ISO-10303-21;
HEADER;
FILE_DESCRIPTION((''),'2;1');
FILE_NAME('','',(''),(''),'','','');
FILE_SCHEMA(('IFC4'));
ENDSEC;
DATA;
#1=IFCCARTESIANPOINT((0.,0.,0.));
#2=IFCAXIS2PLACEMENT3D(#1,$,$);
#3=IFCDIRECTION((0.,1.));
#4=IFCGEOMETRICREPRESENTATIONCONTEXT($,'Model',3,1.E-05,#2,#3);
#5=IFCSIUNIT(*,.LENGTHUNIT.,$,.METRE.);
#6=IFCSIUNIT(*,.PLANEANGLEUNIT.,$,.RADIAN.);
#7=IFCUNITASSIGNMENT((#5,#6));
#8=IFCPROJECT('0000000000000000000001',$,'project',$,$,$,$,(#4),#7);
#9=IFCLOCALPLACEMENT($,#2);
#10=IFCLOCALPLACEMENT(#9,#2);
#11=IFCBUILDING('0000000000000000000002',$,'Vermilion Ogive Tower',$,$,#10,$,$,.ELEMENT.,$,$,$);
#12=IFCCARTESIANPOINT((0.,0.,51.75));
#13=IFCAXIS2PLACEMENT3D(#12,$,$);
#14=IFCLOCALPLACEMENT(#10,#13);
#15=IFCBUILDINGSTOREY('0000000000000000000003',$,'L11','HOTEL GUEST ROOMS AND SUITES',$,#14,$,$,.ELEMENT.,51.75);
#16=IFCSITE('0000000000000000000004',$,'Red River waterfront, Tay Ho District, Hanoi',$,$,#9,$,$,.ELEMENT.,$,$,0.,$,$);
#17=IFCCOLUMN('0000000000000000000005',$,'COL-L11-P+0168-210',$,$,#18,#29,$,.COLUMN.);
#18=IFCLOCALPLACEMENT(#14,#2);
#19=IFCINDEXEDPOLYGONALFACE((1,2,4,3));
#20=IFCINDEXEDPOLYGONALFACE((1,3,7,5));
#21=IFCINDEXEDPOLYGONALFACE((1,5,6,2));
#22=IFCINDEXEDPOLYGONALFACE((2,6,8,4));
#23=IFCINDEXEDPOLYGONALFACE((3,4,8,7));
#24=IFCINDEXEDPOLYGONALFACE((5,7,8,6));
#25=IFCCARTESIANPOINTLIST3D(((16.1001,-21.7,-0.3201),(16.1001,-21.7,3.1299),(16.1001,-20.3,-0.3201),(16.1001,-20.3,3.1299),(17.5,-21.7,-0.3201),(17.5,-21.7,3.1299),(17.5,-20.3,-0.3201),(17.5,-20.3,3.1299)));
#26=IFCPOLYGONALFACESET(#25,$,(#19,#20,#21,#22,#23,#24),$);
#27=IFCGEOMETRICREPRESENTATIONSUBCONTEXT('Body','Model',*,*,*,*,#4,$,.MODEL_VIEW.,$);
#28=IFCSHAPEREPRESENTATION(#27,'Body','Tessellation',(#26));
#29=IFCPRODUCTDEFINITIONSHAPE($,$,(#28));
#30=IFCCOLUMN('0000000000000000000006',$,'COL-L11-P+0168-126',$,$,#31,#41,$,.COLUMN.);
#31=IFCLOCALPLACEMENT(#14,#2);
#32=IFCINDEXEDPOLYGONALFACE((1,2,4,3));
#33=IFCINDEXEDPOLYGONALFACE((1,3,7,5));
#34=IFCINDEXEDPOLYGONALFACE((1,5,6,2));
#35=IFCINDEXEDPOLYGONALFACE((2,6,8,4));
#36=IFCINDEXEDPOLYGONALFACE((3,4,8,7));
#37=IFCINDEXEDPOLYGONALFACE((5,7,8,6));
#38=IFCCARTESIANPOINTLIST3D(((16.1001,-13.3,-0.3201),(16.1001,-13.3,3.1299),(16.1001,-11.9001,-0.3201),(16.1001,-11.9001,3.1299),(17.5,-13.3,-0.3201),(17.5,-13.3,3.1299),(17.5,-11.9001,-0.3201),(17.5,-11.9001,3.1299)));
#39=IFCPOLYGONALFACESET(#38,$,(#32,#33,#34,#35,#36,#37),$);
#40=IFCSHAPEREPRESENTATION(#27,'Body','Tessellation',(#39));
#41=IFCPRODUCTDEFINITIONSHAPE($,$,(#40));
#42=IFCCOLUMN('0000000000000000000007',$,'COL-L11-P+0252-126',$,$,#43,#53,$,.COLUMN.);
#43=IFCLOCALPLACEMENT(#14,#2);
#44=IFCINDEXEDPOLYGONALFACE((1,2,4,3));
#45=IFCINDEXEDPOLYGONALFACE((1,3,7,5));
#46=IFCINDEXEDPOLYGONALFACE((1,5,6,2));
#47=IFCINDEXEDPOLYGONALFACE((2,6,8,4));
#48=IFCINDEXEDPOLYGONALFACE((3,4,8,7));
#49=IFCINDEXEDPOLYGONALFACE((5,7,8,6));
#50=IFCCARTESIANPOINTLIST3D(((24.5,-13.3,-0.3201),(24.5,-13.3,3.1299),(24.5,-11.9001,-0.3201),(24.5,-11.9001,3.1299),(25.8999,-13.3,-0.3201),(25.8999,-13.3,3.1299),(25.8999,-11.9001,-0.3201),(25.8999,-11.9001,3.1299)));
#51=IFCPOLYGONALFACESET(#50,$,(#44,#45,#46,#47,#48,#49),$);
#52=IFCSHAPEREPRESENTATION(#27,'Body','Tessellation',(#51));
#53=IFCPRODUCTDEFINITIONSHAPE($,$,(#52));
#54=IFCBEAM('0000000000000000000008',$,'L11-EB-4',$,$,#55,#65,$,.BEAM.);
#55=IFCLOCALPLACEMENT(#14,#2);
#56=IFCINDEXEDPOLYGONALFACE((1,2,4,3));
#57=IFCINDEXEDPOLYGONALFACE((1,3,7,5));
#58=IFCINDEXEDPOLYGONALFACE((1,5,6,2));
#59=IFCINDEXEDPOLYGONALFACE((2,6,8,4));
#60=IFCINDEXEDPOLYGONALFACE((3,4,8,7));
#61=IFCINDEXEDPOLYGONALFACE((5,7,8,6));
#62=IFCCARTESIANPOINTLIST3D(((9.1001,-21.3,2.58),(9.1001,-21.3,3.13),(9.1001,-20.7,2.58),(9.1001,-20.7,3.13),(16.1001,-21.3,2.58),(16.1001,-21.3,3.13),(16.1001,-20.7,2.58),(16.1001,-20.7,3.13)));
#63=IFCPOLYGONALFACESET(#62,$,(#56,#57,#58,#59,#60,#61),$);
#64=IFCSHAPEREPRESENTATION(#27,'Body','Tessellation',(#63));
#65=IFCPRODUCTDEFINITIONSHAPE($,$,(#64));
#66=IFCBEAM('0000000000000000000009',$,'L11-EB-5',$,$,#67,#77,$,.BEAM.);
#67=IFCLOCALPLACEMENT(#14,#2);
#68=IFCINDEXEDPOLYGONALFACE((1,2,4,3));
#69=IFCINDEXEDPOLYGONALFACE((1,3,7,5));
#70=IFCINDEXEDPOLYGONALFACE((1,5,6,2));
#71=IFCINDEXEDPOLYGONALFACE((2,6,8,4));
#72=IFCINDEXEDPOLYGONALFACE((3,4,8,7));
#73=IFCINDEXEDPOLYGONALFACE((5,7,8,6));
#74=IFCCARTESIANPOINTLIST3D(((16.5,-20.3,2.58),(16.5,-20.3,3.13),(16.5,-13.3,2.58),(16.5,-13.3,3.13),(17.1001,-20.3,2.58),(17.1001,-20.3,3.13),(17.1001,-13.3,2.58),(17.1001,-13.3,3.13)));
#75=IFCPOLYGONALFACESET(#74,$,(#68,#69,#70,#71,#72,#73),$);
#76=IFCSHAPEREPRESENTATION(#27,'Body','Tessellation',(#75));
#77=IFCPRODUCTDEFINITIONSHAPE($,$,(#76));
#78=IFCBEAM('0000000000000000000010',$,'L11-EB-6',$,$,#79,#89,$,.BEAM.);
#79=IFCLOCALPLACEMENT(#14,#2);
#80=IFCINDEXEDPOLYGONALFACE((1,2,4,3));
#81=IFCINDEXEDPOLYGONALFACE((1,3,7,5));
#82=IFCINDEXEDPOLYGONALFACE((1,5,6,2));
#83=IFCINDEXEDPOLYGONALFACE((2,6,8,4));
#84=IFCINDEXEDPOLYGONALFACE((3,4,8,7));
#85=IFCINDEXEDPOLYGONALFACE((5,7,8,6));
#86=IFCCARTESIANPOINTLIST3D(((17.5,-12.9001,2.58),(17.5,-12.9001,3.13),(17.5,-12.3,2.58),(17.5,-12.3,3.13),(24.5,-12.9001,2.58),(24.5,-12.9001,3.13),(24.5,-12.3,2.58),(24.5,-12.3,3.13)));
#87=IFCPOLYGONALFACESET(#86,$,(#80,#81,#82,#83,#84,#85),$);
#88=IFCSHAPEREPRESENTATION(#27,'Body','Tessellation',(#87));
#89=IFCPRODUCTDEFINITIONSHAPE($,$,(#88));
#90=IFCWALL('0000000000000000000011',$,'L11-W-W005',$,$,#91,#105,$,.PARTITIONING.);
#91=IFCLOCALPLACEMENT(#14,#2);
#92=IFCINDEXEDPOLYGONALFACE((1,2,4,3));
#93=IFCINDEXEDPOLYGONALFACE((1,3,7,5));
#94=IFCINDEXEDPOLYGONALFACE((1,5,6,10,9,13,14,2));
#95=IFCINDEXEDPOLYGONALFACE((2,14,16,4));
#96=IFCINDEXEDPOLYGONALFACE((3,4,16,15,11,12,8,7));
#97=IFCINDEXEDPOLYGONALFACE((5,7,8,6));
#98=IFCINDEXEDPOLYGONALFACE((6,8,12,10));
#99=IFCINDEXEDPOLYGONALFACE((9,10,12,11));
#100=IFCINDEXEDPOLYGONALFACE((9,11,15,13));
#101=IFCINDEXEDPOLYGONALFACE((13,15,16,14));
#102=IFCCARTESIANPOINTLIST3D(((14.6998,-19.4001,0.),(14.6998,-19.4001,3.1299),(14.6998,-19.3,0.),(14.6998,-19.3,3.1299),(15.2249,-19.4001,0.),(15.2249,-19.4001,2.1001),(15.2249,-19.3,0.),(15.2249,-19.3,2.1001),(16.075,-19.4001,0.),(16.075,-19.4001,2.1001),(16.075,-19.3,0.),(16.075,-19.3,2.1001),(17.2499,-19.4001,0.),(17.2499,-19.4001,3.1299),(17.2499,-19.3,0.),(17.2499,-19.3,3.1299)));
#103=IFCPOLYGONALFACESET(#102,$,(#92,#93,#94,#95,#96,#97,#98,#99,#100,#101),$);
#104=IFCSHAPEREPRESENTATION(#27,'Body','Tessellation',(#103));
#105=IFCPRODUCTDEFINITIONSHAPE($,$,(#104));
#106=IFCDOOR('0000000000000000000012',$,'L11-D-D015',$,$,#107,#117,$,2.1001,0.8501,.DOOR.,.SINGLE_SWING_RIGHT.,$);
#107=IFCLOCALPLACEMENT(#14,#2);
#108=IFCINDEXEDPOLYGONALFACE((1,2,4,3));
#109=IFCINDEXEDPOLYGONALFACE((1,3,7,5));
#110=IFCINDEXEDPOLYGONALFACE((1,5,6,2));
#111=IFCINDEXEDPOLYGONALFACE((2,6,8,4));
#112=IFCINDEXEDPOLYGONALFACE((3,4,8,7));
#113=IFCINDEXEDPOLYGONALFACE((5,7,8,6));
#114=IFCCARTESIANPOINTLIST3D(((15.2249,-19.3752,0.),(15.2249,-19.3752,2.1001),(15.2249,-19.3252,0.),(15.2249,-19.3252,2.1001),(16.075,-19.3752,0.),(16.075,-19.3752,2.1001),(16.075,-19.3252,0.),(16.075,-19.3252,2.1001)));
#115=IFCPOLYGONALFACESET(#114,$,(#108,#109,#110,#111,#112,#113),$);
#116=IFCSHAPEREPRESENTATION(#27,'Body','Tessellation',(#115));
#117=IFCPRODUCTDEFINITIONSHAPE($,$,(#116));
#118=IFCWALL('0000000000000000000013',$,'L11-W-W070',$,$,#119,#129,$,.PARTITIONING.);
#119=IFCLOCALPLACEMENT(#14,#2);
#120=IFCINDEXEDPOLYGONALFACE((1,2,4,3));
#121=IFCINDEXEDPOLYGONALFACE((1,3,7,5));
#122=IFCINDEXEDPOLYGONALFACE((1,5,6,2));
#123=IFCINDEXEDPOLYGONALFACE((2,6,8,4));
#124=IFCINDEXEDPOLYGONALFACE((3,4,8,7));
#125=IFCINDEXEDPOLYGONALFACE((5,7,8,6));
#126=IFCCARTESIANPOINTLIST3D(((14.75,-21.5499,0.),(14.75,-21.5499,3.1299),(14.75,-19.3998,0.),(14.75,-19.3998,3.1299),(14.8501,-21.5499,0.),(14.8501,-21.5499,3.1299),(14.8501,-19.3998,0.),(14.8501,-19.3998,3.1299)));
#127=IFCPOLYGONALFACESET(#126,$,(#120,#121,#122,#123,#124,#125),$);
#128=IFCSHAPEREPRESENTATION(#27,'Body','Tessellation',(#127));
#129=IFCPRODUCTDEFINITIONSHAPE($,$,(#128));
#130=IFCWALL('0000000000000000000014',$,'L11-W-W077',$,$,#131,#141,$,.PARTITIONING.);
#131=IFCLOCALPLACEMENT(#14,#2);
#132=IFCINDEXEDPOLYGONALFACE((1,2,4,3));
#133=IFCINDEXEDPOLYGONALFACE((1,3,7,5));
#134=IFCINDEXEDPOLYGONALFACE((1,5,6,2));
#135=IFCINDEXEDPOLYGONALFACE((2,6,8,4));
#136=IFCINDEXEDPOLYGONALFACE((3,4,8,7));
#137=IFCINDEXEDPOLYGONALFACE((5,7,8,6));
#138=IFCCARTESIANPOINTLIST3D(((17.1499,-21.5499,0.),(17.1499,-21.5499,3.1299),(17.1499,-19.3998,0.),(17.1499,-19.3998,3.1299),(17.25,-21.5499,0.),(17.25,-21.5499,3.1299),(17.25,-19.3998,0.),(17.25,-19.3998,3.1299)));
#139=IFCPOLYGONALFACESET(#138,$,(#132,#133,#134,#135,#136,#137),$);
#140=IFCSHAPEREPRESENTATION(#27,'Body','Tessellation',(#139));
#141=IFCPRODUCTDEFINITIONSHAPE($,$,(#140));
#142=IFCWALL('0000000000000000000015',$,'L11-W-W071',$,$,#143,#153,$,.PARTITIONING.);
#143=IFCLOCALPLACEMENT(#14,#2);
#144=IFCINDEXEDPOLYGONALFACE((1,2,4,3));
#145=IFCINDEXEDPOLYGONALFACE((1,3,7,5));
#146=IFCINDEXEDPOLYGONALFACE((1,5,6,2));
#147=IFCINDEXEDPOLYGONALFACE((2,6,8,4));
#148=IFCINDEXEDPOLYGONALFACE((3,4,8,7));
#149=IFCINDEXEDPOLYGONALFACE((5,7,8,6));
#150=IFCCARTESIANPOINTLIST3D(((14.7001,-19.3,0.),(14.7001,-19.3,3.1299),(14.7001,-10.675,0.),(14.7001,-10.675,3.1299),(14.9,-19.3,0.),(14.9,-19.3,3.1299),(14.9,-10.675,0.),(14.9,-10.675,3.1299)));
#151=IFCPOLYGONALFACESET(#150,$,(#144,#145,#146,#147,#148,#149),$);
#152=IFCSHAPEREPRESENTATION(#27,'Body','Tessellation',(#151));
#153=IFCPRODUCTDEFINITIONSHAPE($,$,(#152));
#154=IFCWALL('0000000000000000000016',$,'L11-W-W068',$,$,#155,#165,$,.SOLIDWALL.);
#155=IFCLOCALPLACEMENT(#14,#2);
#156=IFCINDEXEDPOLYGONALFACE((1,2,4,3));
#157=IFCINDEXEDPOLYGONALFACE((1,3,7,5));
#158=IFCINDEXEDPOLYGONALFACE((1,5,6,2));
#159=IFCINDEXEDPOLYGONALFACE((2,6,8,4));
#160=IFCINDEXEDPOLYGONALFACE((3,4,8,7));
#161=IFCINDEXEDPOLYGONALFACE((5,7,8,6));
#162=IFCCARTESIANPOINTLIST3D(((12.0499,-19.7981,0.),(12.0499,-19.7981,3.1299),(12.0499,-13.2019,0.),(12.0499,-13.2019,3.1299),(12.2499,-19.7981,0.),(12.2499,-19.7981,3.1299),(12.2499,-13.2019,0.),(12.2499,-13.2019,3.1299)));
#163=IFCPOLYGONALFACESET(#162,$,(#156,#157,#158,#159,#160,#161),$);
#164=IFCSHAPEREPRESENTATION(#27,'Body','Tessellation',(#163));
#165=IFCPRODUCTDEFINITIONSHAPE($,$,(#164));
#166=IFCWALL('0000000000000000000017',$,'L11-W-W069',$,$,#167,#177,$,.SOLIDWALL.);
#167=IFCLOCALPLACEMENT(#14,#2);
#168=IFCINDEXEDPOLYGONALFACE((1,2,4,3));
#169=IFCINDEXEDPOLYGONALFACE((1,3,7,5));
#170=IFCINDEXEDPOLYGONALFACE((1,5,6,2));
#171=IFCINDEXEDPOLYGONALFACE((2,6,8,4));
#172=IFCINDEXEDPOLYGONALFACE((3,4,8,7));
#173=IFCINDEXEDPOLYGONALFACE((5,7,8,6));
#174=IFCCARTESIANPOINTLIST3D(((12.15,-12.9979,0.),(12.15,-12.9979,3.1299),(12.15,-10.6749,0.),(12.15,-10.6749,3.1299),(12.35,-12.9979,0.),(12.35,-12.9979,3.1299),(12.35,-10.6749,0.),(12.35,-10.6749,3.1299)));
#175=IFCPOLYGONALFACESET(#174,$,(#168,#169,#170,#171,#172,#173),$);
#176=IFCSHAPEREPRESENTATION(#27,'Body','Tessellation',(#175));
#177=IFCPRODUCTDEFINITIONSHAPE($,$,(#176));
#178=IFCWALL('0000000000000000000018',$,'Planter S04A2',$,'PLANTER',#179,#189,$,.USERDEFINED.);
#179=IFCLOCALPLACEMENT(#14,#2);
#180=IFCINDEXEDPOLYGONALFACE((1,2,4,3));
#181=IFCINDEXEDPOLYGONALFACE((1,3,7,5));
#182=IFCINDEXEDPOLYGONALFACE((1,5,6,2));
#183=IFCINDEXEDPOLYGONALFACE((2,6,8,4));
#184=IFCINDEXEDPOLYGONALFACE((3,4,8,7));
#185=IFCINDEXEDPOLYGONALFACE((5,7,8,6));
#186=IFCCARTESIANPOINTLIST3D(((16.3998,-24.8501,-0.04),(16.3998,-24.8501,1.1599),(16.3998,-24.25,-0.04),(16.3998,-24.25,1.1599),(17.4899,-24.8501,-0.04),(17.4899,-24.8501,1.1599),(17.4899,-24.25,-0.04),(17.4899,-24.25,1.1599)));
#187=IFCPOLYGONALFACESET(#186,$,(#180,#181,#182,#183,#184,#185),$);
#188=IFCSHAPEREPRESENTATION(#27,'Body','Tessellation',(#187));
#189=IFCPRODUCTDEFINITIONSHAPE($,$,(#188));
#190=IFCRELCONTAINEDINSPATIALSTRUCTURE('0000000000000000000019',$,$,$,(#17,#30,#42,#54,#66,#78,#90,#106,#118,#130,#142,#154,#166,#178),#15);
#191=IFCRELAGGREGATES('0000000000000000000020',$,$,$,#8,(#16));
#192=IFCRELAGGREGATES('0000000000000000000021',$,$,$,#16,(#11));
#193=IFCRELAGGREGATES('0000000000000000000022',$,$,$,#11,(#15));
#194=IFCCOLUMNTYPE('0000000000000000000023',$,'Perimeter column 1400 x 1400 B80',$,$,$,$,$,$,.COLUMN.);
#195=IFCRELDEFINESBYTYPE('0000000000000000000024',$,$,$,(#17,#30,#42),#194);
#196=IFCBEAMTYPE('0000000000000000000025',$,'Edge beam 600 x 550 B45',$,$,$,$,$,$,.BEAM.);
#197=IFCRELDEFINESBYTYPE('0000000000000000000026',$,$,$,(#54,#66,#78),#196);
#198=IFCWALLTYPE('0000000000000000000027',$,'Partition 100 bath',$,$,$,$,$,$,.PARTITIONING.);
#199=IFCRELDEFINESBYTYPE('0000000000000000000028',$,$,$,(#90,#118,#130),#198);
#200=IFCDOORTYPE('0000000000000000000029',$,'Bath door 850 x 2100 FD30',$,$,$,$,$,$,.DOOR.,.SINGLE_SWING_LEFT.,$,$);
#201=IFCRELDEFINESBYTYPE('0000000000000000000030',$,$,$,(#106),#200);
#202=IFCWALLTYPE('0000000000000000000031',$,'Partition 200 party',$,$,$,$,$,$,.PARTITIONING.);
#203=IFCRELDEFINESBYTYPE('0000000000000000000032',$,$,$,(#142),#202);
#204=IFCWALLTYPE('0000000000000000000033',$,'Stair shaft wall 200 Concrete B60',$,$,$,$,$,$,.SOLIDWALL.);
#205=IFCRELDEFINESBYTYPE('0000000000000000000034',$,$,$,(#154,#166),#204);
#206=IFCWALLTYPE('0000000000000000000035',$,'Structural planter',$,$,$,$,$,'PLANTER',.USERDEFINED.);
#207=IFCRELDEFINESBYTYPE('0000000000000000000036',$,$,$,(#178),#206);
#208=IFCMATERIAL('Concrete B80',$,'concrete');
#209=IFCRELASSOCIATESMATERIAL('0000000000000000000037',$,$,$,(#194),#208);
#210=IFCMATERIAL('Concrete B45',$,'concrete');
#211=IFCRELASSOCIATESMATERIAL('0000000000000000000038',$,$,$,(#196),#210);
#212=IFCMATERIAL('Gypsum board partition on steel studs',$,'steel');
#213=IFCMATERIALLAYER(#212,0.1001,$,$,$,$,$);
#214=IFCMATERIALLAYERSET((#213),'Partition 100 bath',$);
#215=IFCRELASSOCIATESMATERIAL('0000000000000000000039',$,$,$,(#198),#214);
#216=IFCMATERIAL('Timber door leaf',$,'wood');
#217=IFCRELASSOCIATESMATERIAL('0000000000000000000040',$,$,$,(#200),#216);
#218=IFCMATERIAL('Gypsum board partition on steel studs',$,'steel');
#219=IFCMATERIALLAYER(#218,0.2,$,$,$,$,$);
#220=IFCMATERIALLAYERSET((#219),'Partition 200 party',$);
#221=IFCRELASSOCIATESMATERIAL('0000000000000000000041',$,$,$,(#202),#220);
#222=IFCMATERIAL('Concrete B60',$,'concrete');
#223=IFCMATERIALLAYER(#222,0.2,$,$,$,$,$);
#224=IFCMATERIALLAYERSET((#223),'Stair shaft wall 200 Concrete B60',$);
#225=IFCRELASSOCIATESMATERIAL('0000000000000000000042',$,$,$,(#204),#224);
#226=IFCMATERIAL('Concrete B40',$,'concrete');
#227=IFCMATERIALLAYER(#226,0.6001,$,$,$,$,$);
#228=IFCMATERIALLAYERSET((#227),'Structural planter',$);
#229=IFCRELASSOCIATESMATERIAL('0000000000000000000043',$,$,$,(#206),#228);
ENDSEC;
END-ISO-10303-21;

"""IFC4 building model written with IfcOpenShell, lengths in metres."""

from ifc_helpers import new_model, si_unit, direction, frame, frame_2d, origin, origin_2d, place, context, subcontext, project, spatial, rectangle, extrude, material, layer, layer_set, material_profile, profile_set, type_object, element, fill, save


model = new_model("IFC4")

# Units and contexts
model_context = context("Model", 3, precision=1e-05, world=origin(), true_north=direction((0.0, 1.0)))
body_context = subcontext(model_context, "Body", "Model", "MODEL_VIEW")
ifc_project = project(units=[si_unit("LENGTHUNIT", "METRE"), si_unit("PLANEANGLEUNIT", "RADIAN")], contexts=[model_context])

# Site, building, storey
site_placement = place(None, origin())
site = spatial("IfcSite", under=ifc_project, at=site_placement, Name="Red River waterfront, Tay Ho District, Hanoi", CompositionType="ELEMENT", RefElevation=0.0)
building_placement = place(site_placement, origin())
building = spatial("IfcBuilding", under=site, at=building_placement, Name="Vermilion Ogive Tower", CompositionType="ELEMENT")
storey_placement = place(building_placement, frame((0.0, 0.0, 51.75)))
storey = spatial("IfcBuildingStorey", under=building, at=storey_placement, Name="L11", Description="HOTEL GUEST ROOMS AND SUITES", CompositionType="ELEMENT", Elevation=51.75)

# Columns
ifc_material_1 = material(Name="Concrete B80", Category="concrete")
ifc_material_profile_1 = material_profile(ifc_material_1, rectangle(XDim=1.3999, YDim=1.3999, at=origin_2d()), Name="1400 x 1400")
ifc_profile_set_1 = profile_set([ifc_material_profile_1], Name="Concrete B80")
column_type = type_object("IfcColumnType", Name="Perimeter column 1400 x 1400 B80", PredefinedType="COLUMN", material=ifc_profile_set_1)
for number, where, z_axis, x_axis, name in (
    (1, (16.8, -21.0, -0.3201), (0.0, 0.0, 1.0), (1.0, 0.0, 0.0), "COL-L11-P+0168-210"),
    (2, (16.8, -12.6001, -0.3201), (0.0, 0.0, 1.0), (1.0, 0.0, 0.0), "COL-L11-P+0168-126"),
    (3, (25.2, -12.6001, -0.3201), (0.0, 0.0, 1.0), (1.0, 0.0, 0.0), "COL-L11-P+0252-126"),
):
    element("IfcColumn", number, at=place(storey_placement, frame(where, z_axis=z_axis, x_axis=x_axis)), inside=storey, type_object=column_type, Name=name, PredefinedType="COLUMN", context=body_context, shape_type="SweptSolid", body=[
        extrude(rectangle(XDim=1.3999, YDim=1.3999, at=origin_2d()), origin(), (0.0, 0.0, 1.0), 3.45),
    ])

# Beams
ifc_material_2 = material(Name="Concrete B45", Category="concrete")
ifc_material_profile_2 = material_profile(ifc_material_2, rectangle(XDim=0.6001, YDim=0.55, at=origin_2d()), Name="600 x 550")
ifc_profile_set_2 = profile_set([ifc_material_profile_2], Name="Concrete B45")
beam_type = type_object("IfcBeamType", Name="Edge beam 600 x 550 B45", PredefinedType="BEAM", material=ifc_profile_set_2)
for number, where, z_axis, x_axis, name in (
    (4, (9.1001, -21.0, 2.855), (1.0, 0.0, 0.0), (0.0, 1.0, 0.0), "L11-EB-4"),
    (5, (16.8, -20.3, 2.855), (0.0, 1.0, 0.0), (-1.0, 0.0, 0.0), "L11-EB-5"),
    (6, (17.5, -12.6001, 2.855), (1.0, 0.0, 0.0), (0.0, 1.0, 0.0), "L11-EB-6"),
):
    element("IfcBeam", number, at=place(storey_placement, frame(where, z_axis=z_axis, x_axis=x_axis)), inside=storey, type_object=beam_type, Name=name, PredefinedType="BEAM", context=body_context, shape_type="SweptSolid", body=[
        extrude(rectangle(XDim=0.6001, YDim=0.55, at=origin_2d()), origin(), (0.0, 0.0, 1.0), 7.0),
    ])

# Wall, opening, door
ifc_material_3 = material(Name="Gypsum board partition on steel studs", Category="steel")
ifc_layer_1 = layer(ifc_material_3, 0.1001)
ifc_layer_set_1 = layer_set([ifc_layer_1], Name="Partition 100 bath")
wall_type_1 = type_object("IfcWallType", Name="Partition 100 bath", PredefinedType="PARTITIONING", material=ifc_layer_set_1)
wall_1_placement = place(storey_placement, frame((14.7, -19.3501, 0.0), z_axis=(0.0, 0.0, 1.0), x_axis=(1.0, 0.0, 0.0)))
wall_1 = element("IfcWall", 7, at=wall_1_placement, inside=storey, type_object=wall_type_1, Name="L11-W-W005", PredefinedType="PARTITIONING", context=body_context, shape_type="SweptSolid", body=[
    extrude(rectangle(XDim=2.55, YDim=0.1001, at=frame_2d((1.2749, 0.0))), origin(), (0.0, 0.0, 1.0), 3.1299),
])
opening_1_placement = place(wall_1_placement, frame((0.5249, 0.0, 0.0)))
opening_1 = element("IfcOpeningElement", 8, at=opening_1_placement, cuts=wall_1, PredefinedType="OPENING", context=body_context, shape_type="SweptSolid", body=[
    extrude(rectangle(XDim=0.8501, YDim=2.1001, at=frame_2d((0.425, 1.05))), frame((0.0, 0.0601, 0.0), z_axis=(0.0, -1.0, 0.0), x_axis=(1.0, 0.0, 0.0)), (0.0, 0.0, 1.0), 0.1201),
])
ifc_material_4 = material(Name="Timber door leaf", Category="wood")
door_type_1 = type_object("IfcDoorType", Name="Bath door 850 x 2100 FD30", OperationType="SINGLE_SWING_LEFT", PredefinedType="DOOR", material=ifc_material_4)
door_1_placement = place(opening_1_placement, origin())
door_1 = element("IfcDoor", 9, at=door_1_placement, inside=storey, type_object=door_type_1, Name="L11-D-D015", OperationType="SINGLE_SWING_RIGHT", OverallHeight=2.1001, OverallWidth=0.8501, PredefinedType="DOOR", context=body_context, shape_type="SweptSolid", body=[
    extrude(rectangle(XDim=0.8501, YDim=2.1001, at=frame_2d((0.425, 1.05))), frame((0.0, 0.0249, 0.0), z_axis=(0.0, -1.0, 0.0), x_axis=(1.0, 0.0, 0.0)), (0.0, 0.0, 1.0), 0.05),
])
fill(opening_1, door_1)

# Walls
for number, where, z_axis, x_axis, name in (
    (10, (14.8, -21.55, 0.0), (0.0, 0.0, 1.0), (0.0, 1.0, 0.0), "L11-W-W070"),
    (11, (17.2, -21.55, 0.0), (0.0, 0.0, 1.0), (0.0, 1.0, 0.0), "L11-W-W077"),
):
    element("IfcWall", number, at=place(storey_placement, frame(where, z_axis=z_axis, x_axis=x_axis)), inside=storey, type_object=wall_type_1, Name=name, PredefinedType="PARTITIONING", context=body_context, shape_type="SweptSolid", body=[
        extrude(rectangle(XDim=2.1501, YDim=0.1001, at=frame_2d((1.0752, 0.0))), origin(), (0.0, 0.0, 1.0), 3.1299),
    ])
ifc_material_5 = material(Name="Gypsum board partition on steel studs", Category="steel")
ifc_layer_2 = layer(ifc_material_5, 0.2)
ifc_layer_set_2 = layer_set([ifc_layer_2], Name="Partition 200 party")
wall_type_2 = type_object("IfcWallType", Name="Partition 200 party", PredefinedType="PARTITIONING", material=ifc_layer_set_2)
wall_2_placement = place(storey_placement, frame((14.8, -19.3, 0.0), z_axis=(0.0, 0.0, 1.0), x_axis=(0.0, 1.0, 0.0)))
element("IfcWall", 12, at=wall_2_placement, inside=storey, type_object=wall_type_2, Name="L11-W-W071", PredefinedType="PARTITIONING", context=body_context, shape_type="SweptSolid", body=[
    extrude(rectangle(XDim=8.625, YDim=0.2, at=frame_2d((4.3125, 0.0))), origin(), (0.0, 0.0, 1.0), 3.1299),
])
ifc_material_6 = material(Name="Concrete B60", Category="concrete")
ifc_layer_3 = layer(ifc_material_6, 0.2)
ifc_layer_set_3 = layer_set([ifc_layer_3], Name="Stair shaft wall 200 Concrete B60")
wall_type_3 = type_object("IfcWallType", Name="Stair shaft wall 200 Concrete B60", PredefinedType="SOLIDWALL", material=ifc_layer_set_3)
wall_3_placement = place(storey_placement, frame((12.1499, -19.7981, 0.0), z_axis=(0.0, 0.0, 1.0), x_axis=(0.0, 1.0, 0.0)))
element("IfcWall", 13, at=wall_3_placement, inside=storey, type_object=wall_type_3, Name="L11-W-W068", PredefinedType="SOLIDWALL", context=body_context, shape_type="SweptSolid", body=[
    extrude(rectangle(XDim=6.5962, YDim=0.2, at=frame_2d((3.2981, 0.0))), origin(), (0.0, 0.0, 1.0), 3.1299),
])
wall_4_placement = place(storey_placement, frame((12.25, -12.998, 0.0), z_axis=(0.0, 0.0, 1.0), x_axis=(0.0, 1.0, 0.0)))
element("IfcWall", 14, at=wall_4_placement, inside=storey, type_object=wall_type_3, Name="L11-W-W069", PredefinedType="SOLIDWALL", context=body_context, shape_type="SweptSolid", body=[
    extrude(rectangle(XDim=2.323, YDim=0.2, at=frame_2d((1.1616, 0.0))), origin(), (0.0, 0.0, 1.0), 3.1299),
])
ifc_material_7 = material(Name="Concrete B40", Category="concrete")
ifc_layer_4 = layer(ifc_material_7, 0.6001)
ifc_layer_set_4 = layer_set([ifc_layer_4], Name="Structural planter")
wall_type_4 = type_object("IfcWallType", Name="Structural planter", ElementType="PLANTER", PredefinedType="USERDEFINED", material=ifc_layer_set_4)
wall_5_placement = place(storey_placement, frame((16.3999, -24.55, -0.04), z_axis=(0.0, 0.0, 1.0), x_axis=(1.0, 0.0, 0.0)))
element("IfcWall", 15, at=wall_5_placement, inside=storey, type_object=wall_type_4, Name="Planter S04A2", ObjectType="PLANTER", PredefinedType="USERDEFINED", context=body_context, shape_type="SweptSolid", body=[
    extrude(rectangle(XDim=1.0901, YDim=0.6001, at=frame_2d((0.5449, 0.0))), origin(), (0.0, 0.0, 1.0), 1.2),
])

save(model, "model.ifc")
